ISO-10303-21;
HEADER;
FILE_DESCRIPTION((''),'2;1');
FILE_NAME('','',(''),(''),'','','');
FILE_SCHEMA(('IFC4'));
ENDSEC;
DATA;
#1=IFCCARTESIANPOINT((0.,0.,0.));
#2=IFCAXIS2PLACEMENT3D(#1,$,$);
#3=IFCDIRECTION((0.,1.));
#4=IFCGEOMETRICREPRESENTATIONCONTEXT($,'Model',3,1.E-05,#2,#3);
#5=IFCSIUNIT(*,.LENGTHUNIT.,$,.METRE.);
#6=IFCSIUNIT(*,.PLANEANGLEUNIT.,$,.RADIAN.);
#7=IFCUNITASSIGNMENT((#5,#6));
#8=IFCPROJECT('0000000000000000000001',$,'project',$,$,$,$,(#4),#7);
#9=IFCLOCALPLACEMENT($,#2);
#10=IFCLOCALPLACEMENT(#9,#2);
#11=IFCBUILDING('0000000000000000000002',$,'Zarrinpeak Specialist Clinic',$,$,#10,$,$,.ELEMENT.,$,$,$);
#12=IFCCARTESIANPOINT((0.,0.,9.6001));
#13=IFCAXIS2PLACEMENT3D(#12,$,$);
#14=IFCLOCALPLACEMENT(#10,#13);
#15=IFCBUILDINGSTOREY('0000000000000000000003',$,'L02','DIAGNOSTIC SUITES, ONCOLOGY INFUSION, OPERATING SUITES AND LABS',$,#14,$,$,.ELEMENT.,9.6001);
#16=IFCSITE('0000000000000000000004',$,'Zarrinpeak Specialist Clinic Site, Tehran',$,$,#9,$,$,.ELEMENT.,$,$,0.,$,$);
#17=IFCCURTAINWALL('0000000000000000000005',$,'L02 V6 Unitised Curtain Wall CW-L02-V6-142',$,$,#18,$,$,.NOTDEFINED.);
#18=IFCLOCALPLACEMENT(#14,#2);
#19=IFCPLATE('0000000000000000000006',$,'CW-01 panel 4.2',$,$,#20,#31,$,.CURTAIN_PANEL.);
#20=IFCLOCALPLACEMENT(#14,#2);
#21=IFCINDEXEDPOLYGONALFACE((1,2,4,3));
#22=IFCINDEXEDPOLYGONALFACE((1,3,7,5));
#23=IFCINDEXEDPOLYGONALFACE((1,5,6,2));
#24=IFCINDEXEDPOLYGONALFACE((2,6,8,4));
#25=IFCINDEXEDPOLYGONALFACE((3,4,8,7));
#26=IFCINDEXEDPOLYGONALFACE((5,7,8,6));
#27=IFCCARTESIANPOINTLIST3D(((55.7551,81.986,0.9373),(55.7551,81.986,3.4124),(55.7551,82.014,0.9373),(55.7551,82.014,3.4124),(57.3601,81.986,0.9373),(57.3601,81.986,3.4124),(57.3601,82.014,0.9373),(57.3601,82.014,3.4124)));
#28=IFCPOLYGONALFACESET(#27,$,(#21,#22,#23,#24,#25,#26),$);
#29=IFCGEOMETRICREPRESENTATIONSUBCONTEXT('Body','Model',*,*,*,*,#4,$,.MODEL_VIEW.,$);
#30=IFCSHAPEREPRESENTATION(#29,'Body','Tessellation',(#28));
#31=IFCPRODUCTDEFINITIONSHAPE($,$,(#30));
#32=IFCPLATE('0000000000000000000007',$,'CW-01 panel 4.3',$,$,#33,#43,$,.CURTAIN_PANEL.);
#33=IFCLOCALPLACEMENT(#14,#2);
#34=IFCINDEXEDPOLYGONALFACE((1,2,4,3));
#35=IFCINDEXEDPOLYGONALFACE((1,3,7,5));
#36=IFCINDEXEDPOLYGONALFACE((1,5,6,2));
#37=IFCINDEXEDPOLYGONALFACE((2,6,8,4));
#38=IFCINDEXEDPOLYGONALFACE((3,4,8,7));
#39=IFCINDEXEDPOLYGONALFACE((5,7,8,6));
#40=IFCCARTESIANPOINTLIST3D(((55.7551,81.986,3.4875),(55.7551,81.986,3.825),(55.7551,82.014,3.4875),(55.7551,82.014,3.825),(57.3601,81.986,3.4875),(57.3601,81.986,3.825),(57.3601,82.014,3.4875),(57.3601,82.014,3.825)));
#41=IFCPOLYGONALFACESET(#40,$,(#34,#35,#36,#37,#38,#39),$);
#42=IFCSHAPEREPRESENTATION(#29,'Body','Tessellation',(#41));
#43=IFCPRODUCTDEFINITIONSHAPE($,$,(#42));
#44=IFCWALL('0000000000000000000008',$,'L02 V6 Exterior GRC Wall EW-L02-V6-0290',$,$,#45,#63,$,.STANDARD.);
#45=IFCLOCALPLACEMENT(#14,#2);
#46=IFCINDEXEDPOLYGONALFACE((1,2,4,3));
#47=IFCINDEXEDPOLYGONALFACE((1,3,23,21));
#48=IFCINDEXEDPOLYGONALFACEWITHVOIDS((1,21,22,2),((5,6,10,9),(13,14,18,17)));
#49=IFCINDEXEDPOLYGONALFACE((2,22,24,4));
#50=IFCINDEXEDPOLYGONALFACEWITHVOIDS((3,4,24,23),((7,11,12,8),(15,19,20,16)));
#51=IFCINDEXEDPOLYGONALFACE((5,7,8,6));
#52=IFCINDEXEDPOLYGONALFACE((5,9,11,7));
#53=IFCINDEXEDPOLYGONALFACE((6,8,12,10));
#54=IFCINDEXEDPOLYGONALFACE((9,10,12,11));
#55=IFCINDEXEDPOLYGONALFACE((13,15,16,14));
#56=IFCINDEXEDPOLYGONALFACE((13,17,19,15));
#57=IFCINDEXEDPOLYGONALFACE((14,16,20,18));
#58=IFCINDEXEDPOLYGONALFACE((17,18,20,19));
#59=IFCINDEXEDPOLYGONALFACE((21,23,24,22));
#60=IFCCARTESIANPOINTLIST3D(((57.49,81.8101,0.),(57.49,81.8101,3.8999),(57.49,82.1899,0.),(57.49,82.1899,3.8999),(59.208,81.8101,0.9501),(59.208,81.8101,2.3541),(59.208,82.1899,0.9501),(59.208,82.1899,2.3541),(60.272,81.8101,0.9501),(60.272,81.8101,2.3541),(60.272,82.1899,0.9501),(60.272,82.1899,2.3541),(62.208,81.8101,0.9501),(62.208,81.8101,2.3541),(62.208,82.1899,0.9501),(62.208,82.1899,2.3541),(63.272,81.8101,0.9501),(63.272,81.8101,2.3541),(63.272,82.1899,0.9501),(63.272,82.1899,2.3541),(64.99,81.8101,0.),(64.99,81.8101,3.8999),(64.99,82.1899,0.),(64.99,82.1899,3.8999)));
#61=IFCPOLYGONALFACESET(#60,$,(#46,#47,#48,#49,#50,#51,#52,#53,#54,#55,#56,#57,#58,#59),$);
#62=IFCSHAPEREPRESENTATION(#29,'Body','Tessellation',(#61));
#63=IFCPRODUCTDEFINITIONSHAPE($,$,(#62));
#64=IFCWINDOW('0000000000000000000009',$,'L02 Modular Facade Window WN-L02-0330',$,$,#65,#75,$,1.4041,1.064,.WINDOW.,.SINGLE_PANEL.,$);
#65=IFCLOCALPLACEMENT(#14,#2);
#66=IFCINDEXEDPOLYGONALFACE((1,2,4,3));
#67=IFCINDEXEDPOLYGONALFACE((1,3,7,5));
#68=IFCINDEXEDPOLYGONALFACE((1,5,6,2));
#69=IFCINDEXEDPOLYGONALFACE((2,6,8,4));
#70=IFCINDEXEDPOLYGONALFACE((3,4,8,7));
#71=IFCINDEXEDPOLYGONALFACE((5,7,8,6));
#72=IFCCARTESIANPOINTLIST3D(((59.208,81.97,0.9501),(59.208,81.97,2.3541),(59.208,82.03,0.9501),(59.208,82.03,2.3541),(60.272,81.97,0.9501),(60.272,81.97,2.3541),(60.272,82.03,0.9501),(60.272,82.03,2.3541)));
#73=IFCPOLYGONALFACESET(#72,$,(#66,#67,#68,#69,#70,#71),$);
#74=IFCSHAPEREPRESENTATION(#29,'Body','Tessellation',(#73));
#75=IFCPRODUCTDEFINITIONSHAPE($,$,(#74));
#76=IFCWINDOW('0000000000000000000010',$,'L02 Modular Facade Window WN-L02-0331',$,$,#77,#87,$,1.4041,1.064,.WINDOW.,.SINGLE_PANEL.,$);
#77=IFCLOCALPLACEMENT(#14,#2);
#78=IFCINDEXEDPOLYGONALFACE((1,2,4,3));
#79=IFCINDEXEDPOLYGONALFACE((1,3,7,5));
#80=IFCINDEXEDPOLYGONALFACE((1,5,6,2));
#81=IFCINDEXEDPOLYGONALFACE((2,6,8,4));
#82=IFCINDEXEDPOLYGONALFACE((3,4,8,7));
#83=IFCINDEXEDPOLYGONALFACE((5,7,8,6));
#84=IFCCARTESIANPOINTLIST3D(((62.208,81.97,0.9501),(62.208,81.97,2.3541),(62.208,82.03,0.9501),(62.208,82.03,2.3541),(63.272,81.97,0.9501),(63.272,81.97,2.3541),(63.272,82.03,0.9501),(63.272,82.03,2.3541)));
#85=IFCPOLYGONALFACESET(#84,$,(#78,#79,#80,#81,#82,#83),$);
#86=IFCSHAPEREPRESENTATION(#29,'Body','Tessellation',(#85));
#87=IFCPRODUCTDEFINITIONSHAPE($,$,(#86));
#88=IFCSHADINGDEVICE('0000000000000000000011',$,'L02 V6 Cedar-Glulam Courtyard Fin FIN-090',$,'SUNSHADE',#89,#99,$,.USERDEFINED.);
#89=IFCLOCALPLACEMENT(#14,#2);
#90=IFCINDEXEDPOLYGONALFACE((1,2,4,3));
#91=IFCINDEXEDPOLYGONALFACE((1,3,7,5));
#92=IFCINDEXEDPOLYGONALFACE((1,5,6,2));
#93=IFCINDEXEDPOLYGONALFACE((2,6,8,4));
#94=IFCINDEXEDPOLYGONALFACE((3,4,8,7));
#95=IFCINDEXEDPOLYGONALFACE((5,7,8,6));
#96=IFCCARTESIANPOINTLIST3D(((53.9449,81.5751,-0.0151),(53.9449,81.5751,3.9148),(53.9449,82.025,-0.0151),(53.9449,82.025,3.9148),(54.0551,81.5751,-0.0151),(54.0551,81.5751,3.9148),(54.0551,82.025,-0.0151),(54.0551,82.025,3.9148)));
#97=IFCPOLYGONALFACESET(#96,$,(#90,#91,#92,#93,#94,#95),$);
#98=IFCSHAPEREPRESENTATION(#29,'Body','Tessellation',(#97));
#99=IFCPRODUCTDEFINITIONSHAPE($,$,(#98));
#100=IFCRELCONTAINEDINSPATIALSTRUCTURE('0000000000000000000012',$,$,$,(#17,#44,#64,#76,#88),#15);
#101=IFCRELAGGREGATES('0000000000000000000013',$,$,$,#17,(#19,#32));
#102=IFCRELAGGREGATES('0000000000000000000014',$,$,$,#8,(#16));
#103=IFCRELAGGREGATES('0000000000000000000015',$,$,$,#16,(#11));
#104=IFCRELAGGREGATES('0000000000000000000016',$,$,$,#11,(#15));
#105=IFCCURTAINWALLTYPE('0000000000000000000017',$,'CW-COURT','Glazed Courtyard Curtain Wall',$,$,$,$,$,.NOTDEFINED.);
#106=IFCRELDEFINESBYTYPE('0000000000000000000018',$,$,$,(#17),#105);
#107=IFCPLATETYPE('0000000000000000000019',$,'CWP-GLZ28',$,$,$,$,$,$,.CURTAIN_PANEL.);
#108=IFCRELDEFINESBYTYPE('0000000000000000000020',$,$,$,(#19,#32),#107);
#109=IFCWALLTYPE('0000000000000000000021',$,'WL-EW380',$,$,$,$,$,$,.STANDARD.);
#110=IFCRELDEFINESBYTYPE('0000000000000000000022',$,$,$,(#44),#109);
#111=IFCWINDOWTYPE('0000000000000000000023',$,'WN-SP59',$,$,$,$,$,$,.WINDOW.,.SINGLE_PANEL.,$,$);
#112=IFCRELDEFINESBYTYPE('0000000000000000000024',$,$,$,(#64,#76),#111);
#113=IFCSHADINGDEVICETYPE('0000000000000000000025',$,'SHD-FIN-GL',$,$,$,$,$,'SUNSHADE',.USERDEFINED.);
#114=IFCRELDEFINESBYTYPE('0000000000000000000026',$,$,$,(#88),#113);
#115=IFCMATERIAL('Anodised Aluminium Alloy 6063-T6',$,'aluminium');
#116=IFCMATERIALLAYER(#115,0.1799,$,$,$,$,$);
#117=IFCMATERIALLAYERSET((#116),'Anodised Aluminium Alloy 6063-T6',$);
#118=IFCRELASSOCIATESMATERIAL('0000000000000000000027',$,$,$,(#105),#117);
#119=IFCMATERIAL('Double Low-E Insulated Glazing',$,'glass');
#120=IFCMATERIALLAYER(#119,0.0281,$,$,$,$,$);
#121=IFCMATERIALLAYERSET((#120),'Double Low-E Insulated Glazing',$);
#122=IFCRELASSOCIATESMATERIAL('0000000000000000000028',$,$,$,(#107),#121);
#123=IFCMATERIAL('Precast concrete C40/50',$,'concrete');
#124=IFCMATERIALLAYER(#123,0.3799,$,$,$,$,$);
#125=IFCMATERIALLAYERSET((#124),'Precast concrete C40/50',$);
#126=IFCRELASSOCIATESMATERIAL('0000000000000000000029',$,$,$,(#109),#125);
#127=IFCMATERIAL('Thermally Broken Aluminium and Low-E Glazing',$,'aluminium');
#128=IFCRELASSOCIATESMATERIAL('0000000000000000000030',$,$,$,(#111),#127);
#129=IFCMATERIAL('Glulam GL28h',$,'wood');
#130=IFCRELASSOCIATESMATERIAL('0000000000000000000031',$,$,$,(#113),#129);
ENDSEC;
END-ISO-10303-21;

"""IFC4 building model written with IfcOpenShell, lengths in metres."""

from ifc_helpers import new_model, si_unit, direction, frame, frame_2d, origin, origin_2d, place, context, subcontext, project, spatial, rectangle, extrude, material, layer, layer_set, type_object, element, fill, aggregate, save


model = new_model("IFC4")

# Units and contexts
model_context = context("Model", 3, precision=1e-05, world=origin(), true_north=direction((0.0, 1.0)))
body_context = subcontext(model_context, "Body", "Model", "MODEL_VIEW")
ifc_project = project(units=[si_unit("LENGTHUNIT", "METRE"), si_unit("PLANEANGLEUNIT", "RADIAN")], contexts=[model_context])

# Site, building, storey
site_placement = place(None, origin())
site = spatial("IfcSite", under=ifc_project, at=site_placement, Name="Zarrinpeak Specialist Clinic Site, Tehran", CompositionType="ELEMENT", RefElevation=0.0)
building_placement = place(site_placement, origin())
building = spatial("IfcBuilding", under=site, at=building_placement, Name="Zarrinpeak Specialist Clinic", CompositionType="ELEMENT")
storey_placement = place(building_placement, frame((0.0, 0.0, 9.6001)))
storey = spatial("IfcBuildingStorey", under=building, at=storey_placement, Name="L02", Description="DIAGNOSTIC SUITES, ONCOLOGY INFUSION, OPERATING SUITES AND LABS", CompositionType="ELEMENT", Elevation=9.6001)

# Curtain wall, plates
ifc_material_1 = material(Name="Anodised Aluminium Alloy 6063-T6", Category="aluminium")
ifc_layer_1 = layer(ifc_material_1, 0.1799)
ifc_layer_set_1 = layer_set([ifc_layer_1], Name="Anodised Aluminium Alloy 6063-T6")
curtain_wall_type = type_object("IfcCurtainWallType", Name="CW-COURT", Description="Glazed Courtyard Curtain Wall", PredefinedType="NOTDEFINED", material=ifc_layer_set_1)
curtain_wall_placement = place(storey_placement, origin())
curtain_wall = element("IfcCurtainWall", 1, at=curtain_wall_placement, inside=storey, type_object=curtain_wall_type, Name="L02 V6 Unitised Curtain Wall CW-L02-V6-142", PredefinedType="NOTDEFINED")
ifc_material_2 = material(Name="Double Low-E Insulated Glazing", Category="glass")
ifc_layer_2 = layer(ifc_material_2, 0.0281)
ifc_layer_set_2 = layer_set([ifc_layer_2], Name="Double Low-E Insulated Glazing")
plate_type = type_object("IfcPlateType", Name="CWP-GLZ28", PredefinedType="CURTAIN_PANEL", material=ifc_layer_set_2)
plate_1_placement = place(storey_placement, frame((56.5576, 82.0, 0.9373), z_axis=(0.0, 0.0, 1.0), x_axis=(1.0, 0.0, 0.0)))
plate_1 = element("IfcPlate", 2, at=plate_1_placement, type_object=plate_type, Name="CW-01 panel 4.2", PredefinedType="CURTAIN_PANEL", context=body_context, shape_type="SweptSolid", body=[
    extrude(rectangle(XDim=1.605, YDim=0.0281, at=origin_2d()), origin(), (0.0, 0.0, 1.0), 2.4751),
])
plate_2_placement = place(storey_placement, frame((56.5576, 82.0, 3.4875), z_axis=(0.0, 0.0, 1.0), x_axis=(1.0, 0.0, 0.0)))
plate_2 = element("IfcPlate", 3, at=plate_2_placement, type_object=plate_type, Name="CW-01 panel 4.3", PredefinedType="CURTAIN_PANEL", context=body_context, shape_type="SweptSolid", body=[
    extrude(rectangle(XDim=1.605, YDim=0.0281, at=origin_2d()), origin(), (0.0, 0.0, 1.0), 0.3374),
])
aggregate(curtain_wall, [plate_1, plate_2])

# Wall, openings, windows
ifc_material_3 = material(Name="Precast concrete C40/50", Category="concrete")
ifc_layer_3 = layer(ifc_material_3, 0.3799)
ifc_layer_set_3 = layer_set([ifc_layer_3], Name="Precast concrete C40/50")
wall_type = type_object("IfcWallType", Name="WL-EW380", PredefinedType="STANDARD", material=ifc_layer_set_3)
wall_placement = place(storey_placement, frame((57.49, 82.0, 0.0), z_axis=(0.0, 0.0, 1.0), x_axis=(1.0, 0.0, 0.0)))
wall = element("IfcWall", 4, at=wall_placement, inside=storey, type_object=wall_type, Name="L02 V6 Exterior GRC Wall EW-L02-V6-0290", PredefinedType="STANDARD", context=body_context, shape_type="SweptSolid", body=[
    extrude(rectangle(XDim=7.5, YDim=0.3799, at=frame_2d((3.75, 0.0))), origin(), (0.0, 0.0, 1.0), 3.8999),
])
opening_1_placement = place(wall_placement, frame((1.718, 0.0, 0.95)))
opening_1 = element("IfcOpeningElement", 5, at=opening_1_placement, cuts=wall, PredefinedType="OPENING", context=body_context, shape_type="SweptSolid", body=[
    extrude(rectangle(XDim=1.064, YDim=1.4041, at=frame_2d((0.532, 0.7021))), frame((0.0, 0.2, 0.0), z_axis=(0.0, -1.0, 0.0), x_axis=(1.0, 0.0, 0.0)), (0.0, 0.0, 1.0), 0.3999),
])
opening_2_placement = place(wall_placement, frame((4.718, 0.0, 0.95)))
opening_2 = element("IfcOpeningElement", 6, at=opening_2_placement, cuts=wall, PredefinedType="OPENING", context=body_context, shape_type="SweptSolid", body=[
    extrude(rectangle(XDim=1.064, YDim=1.4041, at=frame_2d((0.532, 0.7021))), frame((0.0, 0.2, 0.0), z_axis=(0.0, -1.0, 0.0), x_axis=(1.0, 0.0, 0.0)), (0.0, 0.0, 1.0), 0.3999),
])
ifc_material_4 = material(Name="Thermally Broken Aluminium and Low-E Glazing", Category="aluminium")
window_type = type_object("IfcWindowType", Name="WN-SP59", PartitioningType="SINGLE_PANEL", PredefinedType="WINDOW", material=ifc_material_4)
window_1_placement = place(opening_1_placement, origin())
window_1 = element("IfcWindow", 7, at=window_1_placement, inside=storey, type_object=window_type, Name="L02 Modular Facade Window WN-L02-0330", OverallHeight=1.4041, OverallWidth=1.064, PartitioningType="SINGLE_PANEL", PredefinedType="WINDOW", context=body_context, shape_type="SweptSolid", body=[
    extrude(rectangle(XDim=1.064, YDim=1.4041, at=frame_2d((0.532, 0.7021))), frame((0.0, 0.03, 0.0), z_axis=(0.0, -1.0, 0.0), x_axis=(1.0, 0.0, 0.0)), (0.0, 0.0, 1.0), 0.0601),
])
fill(opening_1, window_1)
window_2_placement = place(opening_2_placement, origin())
window_2 = element("IfcWindow", 8, at=window_2_placement, inside=storey, type_object=window_type, Name="L02 Modular Facade Window WN-L02-0331", OverallHeight=1.4041, OverallWidth=1.064, PartitioningType="SINGLE_PANEL", PredefinedType="WINDOW", context=body_context, shape_type="SweptSolid", body=[
    extrude(rectangle(XDim=1.064, YDim=1.4041, at=frame_2d((0.532, 0.7021))), frame((0.0, 0.03, 0.0), z_axis=(0.0, -1.0, 0.0), x_axis=(1.0, 0.0, 0.0)), (0.0, 0.0, 1.0), 0.0601),
])
fill(opening_2, window_2)

# Shading device
ifc_material_5 = material(Name="Glulam GL28h", Category="wood")
shading_device_type = type_object("IfcShadingDeviceType", Name="SHD-FIN-GL", ElementType="SUNSHADE", PredefinedType="USERDEFINED", material=ifc_material_5)
shading_device_placement = place(storey_placement, frame((54.0, 81.8, -0.0151), z_axis=(0.0, 0.0, 1.0), x_axis=(1.0, 0.0, 0.0)))
element("IfcShadingDevice", 9, at=shading_device_placement, inside=storey, type_object=shading_device_type, Name="L02 V6 Cedar-Glulam Courtyard Fin FIN-090", ObjectType="SUNSHADE", PredefinedType="USERDEFINED", context=body_context, shape_type="SweptSolid", body=[
    extrude(rectangle(XDim=0.1101, YDim=0.45, at=origin_2d()), origin(), (0.0, 0.0, 1.0), 3.9299),
])

save(model, "model.ifc")
